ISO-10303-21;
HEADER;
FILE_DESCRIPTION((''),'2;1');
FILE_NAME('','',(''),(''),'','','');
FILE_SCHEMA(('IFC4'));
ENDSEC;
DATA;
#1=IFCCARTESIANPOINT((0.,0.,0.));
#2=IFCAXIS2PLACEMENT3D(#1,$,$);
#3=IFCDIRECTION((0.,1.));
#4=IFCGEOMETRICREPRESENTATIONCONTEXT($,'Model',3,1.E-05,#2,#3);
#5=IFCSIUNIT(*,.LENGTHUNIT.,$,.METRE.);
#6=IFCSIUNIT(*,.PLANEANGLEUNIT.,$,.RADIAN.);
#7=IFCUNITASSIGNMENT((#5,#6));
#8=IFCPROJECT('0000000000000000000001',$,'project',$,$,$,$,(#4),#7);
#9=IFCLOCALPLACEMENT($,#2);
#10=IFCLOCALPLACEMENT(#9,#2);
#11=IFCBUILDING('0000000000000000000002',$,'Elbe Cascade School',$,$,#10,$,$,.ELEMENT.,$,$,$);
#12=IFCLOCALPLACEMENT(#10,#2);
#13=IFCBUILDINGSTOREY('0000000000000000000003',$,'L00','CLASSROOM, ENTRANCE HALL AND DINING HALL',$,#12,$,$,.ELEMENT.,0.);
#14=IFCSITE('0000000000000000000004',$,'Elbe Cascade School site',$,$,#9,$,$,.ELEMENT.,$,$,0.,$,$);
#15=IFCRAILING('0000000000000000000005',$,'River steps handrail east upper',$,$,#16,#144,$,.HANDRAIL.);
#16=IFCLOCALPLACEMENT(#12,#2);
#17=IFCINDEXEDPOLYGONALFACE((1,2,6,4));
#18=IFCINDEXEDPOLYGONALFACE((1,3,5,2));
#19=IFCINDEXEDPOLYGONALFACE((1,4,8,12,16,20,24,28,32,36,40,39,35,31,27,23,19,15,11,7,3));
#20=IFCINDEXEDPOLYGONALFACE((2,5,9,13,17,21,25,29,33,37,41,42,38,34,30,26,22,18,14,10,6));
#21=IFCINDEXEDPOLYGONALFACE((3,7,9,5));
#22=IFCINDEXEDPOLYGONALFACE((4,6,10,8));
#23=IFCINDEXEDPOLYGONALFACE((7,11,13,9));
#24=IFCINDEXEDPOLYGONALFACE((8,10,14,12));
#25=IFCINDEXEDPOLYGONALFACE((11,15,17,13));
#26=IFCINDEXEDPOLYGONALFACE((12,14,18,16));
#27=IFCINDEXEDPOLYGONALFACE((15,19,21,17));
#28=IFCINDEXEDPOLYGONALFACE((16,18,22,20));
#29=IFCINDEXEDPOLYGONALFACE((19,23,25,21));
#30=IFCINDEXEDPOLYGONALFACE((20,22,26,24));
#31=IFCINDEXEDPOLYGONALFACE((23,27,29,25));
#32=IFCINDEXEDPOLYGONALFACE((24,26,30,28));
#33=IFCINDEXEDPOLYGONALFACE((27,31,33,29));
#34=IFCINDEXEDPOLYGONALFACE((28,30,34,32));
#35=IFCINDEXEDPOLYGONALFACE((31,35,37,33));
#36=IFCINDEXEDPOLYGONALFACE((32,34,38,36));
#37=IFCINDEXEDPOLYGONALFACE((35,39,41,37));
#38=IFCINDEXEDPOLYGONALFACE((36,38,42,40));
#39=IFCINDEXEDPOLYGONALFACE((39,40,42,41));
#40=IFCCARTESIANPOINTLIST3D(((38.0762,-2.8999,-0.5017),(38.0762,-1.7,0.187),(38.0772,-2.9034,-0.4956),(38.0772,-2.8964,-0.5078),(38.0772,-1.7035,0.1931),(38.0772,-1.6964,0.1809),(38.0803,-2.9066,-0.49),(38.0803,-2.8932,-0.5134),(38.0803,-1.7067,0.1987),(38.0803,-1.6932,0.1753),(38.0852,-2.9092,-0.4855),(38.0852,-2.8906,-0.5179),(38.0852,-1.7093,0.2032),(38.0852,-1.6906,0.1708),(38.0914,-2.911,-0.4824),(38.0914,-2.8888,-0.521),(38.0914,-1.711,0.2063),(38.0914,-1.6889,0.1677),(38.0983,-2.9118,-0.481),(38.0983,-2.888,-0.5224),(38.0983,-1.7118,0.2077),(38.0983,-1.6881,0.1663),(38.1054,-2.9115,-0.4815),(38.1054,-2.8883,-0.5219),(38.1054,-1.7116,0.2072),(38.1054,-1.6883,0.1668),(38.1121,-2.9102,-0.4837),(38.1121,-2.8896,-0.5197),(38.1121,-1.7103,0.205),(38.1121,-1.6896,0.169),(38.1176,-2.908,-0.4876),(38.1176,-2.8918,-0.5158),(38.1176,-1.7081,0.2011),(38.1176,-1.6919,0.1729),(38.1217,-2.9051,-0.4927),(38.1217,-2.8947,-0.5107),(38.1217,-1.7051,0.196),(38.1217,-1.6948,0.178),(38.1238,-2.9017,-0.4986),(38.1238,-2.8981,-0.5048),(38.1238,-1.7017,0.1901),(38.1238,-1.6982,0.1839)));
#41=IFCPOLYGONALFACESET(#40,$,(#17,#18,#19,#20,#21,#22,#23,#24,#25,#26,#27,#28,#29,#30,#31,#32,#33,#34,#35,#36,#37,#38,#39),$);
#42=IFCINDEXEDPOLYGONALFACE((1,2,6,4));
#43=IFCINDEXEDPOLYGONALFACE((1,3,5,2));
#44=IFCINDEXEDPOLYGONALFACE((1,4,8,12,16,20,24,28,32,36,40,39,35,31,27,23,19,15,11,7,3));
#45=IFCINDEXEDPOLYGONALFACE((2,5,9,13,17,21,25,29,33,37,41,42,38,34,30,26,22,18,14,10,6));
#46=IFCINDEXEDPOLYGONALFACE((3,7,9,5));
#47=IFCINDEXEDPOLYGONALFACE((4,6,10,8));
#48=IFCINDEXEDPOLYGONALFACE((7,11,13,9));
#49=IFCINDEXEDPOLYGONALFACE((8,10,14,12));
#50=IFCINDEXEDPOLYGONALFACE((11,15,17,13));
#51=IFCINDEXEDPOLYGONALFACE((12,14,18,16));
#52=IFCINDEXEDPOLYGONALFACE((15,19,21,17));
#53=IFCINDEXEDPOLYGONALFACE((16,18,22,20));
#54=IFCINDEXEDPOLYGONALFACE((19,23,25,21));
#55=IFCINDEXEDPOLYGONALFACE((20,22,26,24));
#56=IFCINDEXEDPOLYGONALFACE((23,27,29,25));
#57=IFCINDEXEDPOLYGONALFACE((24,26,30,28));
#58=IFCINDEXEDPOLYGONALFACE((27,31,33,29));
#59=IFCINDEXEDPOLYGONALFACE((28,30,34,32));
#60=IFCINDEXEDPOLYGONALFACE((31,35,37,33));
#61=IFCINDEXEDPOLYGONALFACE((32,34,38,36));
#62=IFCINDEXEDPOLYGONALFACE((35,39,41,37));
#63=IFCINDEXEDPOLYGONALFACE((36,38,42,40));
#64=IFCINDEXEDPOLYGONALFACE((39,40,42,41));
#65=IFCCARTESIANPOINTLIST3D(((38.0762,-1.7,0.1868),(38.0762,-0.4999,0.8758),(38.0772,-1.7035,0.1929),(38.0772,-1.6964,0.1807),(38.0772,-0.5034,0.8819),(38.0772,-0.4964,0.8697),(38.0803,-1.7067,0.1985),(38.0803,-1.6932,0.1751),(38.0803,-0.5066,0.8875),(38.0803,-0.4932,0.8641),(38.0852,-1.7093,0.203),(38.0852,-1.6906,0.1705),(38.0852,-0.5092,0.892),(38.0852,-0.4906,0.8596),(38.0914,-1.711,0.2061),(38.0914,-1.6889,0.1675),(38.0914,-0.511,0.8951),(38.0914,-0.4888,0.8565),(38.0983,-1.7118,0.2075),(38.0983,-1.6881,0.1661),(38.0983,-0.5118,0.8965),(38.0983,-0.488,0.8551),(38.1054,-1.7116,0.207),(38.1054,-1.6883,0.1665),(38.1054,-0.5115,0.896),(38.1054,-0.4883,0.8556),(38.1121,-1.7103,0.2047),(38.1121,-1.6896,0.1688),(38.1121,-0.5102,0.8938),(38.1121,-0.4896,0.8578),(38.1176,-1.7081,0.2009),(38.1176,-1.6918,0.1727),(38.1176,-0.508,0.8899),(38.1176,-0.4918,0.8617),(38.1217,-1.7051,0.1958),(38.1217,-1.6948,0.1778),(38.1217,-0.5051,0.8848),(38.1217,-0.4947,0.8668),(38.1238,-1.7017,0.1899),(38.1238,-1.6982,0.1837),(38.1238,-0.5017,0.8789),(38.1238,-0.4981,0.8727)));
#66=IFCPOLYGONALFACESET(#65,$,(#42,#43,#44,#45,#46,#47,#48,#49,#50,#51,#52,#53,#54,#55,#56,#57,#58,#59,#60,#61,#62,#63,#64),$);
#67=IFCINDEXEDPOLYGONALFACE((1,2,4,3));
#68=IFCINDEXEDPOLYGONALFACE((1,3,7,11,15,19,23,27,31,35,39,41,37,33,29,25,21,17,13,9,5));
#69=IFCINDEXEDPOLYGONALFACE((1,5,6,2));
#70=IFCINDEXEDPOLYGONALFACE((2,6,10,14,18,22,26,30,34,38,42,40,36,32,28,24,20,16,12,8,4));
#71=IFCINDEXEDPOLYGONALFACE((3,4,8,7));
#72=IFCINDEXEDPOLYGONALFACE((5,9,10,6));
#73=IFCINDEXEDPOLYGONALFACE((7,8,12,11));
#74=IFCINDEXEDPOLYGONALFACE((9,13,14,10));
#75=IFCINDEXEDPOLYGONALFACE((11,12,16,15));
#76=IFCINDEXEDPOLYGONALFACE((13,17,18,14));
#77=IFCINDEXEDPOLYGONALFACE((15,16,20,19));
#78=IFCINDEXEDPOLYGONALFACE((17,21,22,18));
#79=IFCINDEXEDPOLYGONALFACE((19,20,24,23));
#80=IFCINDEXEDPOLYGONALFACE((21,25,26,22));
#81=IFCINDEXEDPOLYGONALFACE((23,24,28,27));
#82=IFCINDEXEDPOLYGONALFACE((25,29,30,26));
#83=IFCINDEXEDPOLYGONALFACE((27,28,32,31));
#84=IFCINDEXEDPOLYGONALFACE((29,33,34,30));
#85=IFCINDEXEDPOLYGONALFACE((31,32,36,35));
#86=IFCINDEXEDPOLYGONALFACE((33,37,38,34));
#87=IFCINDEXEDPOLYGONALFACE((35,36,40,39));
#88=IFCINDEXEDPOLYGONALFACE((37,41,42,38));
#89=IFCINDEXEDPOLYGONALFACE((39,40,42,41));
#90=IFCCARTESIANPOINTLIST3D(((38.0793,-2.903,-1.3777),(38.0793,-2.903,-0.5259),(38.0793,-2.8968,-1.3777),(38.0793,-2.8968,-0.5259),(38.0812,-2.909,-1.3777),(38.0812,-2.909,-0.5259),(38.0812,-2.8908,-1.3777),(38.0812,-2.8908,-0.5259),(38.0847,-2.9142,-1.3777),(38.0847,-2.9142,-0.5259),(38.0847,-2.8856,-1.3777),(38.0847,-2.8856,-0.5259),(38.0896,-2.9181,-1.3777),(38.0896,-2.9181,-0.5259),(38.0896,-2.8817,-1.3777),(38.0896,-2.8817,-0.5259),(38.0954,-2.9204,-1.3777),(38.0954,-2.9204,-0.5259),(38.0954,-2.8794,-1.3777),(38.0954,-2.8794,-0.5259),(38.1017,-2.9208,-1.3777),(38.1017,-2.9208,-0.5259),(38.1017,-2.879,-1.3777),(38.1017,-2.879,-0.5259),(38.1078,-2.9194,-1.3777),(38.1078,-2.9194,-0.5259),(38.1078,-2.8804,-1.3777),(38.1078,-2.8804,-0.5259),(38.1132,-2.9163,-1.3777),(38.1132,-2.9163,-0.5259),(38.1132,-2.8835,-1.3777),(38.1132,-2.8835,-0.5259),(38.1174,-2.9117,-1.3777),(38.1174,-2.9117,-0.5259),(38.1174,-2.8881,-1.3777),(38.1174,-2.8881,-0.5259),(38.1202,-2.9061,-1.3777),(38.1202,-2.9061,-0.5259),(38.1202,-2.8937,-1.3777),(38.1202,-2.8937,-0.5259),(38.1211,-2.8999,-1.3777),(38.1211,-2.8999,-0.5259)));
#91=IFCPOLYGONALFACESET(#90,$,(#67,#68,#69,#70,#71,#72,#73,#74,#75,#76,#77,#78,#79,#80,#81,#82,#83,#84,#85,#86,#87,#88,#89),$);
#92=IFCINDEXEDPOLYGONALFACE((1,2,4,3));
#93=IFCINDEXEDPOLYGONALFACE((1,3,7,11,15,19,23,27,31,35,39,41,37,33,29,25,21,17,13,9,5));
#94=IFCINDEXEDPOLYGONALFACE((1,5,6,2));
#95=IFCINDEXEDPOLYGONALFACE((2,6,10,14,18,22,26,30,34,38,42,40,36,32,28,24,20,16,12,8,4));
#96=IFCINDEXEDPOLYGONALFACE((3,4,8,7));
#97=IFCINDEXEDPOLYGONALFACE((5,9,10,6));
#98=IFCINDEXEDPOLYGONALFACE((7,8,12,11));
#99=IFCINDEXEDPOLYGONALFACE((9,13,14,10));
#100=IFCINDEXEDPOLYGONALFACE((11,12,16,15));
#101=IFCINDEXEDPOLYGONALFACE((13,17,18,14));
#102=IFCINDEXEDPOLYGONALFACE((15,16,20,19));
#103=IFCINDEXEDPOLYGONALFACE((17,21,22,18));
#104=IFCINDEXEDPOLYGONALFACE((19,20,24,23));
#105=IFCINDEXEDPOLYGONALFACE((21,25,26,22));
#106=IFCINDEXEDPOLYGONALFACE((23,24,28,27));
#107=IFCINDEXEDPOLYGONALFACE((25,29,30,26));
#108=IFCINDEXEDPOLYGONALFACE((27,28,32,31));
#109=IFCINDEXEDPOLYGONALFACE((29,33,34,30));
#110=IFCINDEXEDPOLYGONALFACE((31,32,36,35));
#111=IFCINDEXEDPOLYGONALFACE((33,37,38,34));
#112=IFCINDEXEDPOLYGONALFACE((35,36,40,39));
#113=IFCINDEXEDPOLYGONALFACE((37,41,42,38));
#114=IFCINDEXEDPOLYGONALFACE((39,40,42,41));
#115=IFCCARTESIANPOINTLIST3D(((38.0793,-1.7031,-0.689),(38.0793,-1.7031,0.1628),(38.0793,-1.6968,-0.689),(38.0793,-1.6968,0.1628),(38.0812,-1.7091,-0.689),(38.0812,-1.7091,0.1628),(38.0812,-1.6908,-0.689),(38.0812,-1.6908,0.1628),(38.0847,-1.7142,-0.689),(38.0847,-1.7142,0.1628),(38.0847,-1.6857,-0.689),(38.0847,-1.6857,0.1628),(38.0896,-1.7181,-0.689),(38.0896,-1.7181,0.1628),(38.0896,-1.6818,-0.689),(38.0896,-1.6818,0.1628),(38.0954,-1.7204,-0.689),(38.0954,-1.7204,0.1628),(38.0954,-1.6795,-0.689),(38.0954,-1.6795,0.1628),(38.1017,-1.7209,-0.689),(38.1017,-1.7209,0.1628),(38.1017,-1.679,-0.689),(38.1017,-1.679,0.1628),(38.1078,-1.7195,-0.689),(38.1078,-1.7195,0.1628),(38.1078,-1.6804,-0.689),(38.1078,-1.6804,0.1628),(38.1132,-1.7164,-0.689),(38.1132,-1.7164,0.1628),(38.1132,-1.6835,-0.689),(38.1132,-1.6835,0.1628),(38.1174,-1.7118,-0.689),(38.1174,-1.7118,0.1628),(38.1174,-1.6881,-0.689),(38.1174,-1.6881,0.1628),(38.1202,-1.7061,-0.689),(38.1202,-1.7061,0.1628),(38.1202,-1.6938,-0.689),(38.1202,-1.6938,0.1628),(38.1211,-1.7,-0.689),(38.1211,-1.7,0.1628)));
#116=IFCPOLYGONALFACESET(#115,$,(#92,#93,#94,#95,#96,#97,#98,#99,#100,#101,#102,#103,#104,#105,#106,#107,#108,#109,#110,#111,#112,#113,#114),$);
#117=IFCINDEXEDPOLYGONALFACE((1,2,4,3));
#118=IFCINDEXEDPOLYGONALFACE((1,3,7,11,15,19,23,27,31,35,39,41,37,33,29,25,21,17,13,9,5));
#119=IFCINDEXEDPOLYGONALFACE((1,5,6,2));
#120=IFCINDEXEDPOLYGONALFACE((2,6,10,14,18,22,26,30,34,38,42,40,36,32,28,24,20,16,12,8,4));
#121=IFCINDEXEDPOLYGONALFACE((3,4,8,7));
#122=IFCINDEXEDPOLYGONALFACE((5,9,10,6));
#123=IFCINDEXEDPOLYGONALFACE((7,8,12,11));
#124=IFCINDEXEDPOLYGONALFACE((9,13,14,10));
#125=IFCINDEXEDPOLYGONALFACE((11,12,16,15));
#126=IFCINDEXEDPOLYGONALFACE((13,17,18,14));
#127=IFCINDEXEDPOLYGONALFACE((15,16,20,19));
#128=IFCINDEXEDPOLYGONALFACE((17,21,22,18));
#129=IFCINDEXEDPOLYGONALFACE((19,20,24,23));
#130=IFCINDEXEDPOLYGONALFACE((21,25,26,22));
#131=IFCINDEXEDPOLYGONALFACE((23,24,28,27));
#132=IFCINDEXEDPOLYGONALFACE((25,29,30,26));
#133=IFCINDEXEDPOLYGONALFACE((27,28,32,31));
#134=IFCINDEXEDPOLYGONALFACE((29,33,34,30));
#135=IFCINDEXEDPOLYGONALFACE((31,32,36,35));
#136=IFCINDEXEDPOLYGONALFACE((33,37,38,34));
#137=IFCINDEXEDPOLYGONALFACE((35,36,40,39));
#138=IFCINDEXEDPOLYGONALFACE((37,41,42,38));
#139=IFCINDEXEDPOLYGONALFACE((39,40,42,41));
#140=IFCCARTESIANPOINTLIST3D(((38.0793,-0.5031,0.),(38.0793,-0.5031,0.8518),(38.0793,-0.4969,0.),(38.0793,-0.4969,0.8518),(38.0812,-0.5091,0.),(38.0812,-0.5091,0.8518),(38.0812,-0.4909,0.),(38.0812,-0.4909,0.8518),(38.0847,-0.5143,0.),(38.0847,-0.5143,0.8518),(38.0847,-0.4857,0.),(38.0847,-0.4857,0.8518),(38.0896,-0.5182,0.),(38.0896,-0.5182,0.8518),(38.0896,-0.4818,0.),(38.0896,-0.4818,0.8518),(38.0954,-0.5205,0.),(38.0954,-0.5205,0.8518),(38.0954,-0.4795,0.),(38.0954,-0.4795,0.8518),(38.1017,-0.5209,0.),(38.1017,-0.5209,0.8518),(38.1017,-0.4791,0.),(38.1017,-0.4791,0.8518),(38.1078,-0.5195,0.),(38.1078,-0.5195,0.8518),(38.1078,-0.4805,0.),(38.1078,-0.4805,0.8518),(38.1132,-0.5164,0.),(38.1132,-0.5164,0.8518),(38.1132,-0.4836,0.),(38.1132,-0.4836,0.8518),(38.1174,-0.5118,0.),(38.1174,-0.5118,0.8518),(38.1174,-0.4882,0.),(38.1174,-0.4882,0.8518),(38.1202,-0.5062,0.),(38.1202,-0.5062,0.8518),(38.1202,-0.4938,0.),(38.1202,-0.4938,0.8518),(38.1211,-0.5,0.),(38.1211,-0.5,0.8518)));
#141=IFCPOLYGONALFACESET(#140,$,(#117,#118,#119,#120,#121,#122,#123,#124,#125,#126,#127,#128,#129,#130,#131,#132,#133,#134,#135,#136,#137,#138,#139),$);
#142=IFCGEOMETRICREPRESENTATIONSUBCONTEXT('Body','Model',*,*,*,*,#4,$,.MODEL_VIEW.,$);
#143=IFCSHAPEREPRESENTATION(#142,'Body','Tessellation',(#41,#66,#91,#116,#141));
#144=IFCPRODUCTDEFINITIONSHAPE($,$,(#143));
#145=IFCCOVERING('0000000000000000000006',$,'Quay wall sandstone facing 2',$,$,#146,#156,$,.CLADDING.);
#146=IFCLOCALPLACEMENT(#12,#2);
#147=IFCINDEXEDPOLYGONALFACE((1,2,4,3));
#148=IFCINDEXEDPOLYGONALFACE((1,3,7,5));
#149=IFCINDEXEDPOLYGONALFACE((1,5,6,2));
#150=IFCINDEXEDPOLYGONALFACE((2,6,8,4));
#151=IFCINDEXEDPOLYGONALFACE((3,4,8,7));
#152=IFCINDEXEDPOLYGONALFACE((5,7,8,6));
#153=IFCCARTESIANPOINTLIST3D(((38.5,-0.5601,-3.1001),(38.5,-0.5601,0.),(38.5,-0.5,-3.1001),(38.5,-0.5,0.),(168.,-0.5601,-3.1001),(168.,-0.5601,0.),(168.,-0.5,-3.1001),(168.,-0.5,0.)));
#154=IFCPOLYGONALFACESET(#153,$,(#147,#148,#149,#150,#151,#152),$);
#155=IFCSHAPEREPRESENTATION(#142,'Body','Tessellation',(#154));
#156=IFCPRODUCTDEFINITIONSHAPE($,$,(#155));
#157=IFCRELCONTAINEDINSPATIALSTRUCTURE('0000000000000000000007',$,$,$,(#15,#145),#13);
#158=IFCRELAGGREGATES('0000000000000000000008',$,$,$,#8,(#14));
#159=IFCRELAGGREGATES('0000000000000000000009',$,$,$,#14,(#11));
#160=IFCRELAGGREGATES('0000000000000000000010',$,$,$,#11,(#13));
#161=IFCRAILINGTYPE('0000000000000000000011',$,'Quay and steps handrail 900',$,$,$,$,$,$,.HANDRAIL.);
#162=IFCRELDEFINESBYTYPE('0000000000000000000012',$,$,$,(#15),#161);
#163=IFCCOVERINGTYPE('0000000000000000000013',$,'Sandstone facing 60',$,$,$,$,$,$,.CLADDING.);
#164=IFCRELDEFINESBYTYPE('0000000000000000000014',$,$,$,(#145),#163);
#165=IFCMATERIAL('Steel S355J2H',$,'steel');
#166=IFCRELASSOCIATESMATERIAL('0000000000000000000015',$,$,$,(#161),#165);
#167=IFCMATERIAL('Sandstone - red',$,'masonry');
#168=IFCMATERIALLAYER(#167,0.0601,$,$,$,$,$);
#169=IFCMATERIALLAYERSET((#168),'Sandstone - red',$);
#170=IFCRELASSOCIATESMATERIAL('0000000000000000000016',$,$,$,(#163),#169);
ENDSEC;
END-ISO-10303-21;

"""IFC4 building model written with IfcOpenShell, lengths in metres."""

from ifc_helpers import new_model, si_unit, direction, frame, frame_2d, origin, origin_2d, place, context, subcontext, project, spatial, rectangle, circle, extrude, material, layer, layer_set, type_object, element, save


model = new_model("IFC4")

# Units and contexts
model_context = context("Model", 3, precision=1e-05, world=origin(), true_north=direction((0.0, 1.0)))
body_context = subcontext(model_context, "Body", "Model", "MODEL_VIEW")
ifc_project = project(units=[si_unit("LENGTHUNIT", "METRE"), si_unit("PLANEANGLEUNIT", "RADIAN")], contexts=[model_context])

# Site, building, storey
site_placement = place(None, origin())
site = spatial("IfcSite", under=ifc_project, at=site_placement, Name="Elbe Cascade School site", CompositionType="ELEMENT", RefElevation=0.0)
building_placement = place(site_placement, origin())
building = spatial("IfcBuilding", under=site, at=building_placement, Name="Elbe Cascade School", CompositionType="ELEMENT")
storey_placement = place(building_placement, origin())
storey = spatial("IfcBuildingStorey", under=building, at=storey_placement, Name="L00", Description="CLASSROOM, ENTRANCE HALL AND DINING HALL", CompositionType="ELEMENT", Elevation=0.0)

# Railing
ifc_material_1 = material(Name="Steel S355J2H", Category="steel")
railing_type_1 = type_object("IfcRailingType", Name="Quay and steps handrail 900", PredefinedType="HANDRAIL", material=ifc_material_1)
railing_1_placement = place(storey_placement, frame((38.1001, -2.8999, -1.3777)))
element("IfcRailing", 1, at=railing_1_placement, inside=storey, type_object=railing_type_1, Name="River steps handrail east upper", PredefinedType="HANDRAIL", context=body_context, shape_type="SweptSolid", body=[
    extrude(circle(Radius=0.0239, at=origin_2d()), frame((0.0, 0.0, 0.876), z_axis=(0.0, 0.867297, 0.497791), x_axis=(-1.0, 0.0, 0.0)), (0.0, 0.0, 1.0), 1.3835),
    extrude(circle(Radius=0.0239, at=origin_2d()), frame((0.0, 1.2, 1.5645), z_axis=(0.0, 0.867221, 0.497924), x_axis=(-1.0, 0.0, 0.0)), (0.0, 0.0, 1.0), 1.3838),
    extrude(circle(Radius=0.021, at=origin_2d()), origin(), (0.0, 0.0, 1.0), 0.8518),
    extrude(circle(Radius=0.021, at=origin_2d()), frame((0.0, 1.2, 0.6887)), (0.0, 0.0, 1.0), 0.8518),
    extrude(circle(Radius=0.021, at=origin_2d()), frame((0.0, 2.3999, 1.3777)), (0.0, 0.0, 1.0), 0.8518),
])

# Covering
ifc_material_2 = material(Name="Sandstone - red", Category="masonry")
ifc_layer_1 = layer(ifc_material_2, 0.0601)
ifc_layer_set_1 = layer_set([ifc_layer_1], Name="Sandstone - red")
covering_type_1 = type_object("IfcCoveringType", Name="Sandstone facing 60", PredefinedType="CLADDING", material=ifc_layer_set_1)
covering_1_placement = place(storey_placement, frame((38.5, -0.53, -3.1001), z_axis=(0.0, 0.0, 1.0), x_axis=(1.0, 0.0, 0.0)))
element("IfcCovering", 2, at=covering_1_placement, inside=storey, type_object=covering_type_1, Name="Quay wall sandstone facing 2", PredefinedType="CLADDING", context=body_context, shape_type="SweptSolid", body=[
    extrude(rectangle(XDim=129.5, YDim=0.0601, at=frame_2d((64.75, 0.0))), origin(), (0.0, 0.0, 1.0), 3.1001),
])

save(model, "model.ifc")
